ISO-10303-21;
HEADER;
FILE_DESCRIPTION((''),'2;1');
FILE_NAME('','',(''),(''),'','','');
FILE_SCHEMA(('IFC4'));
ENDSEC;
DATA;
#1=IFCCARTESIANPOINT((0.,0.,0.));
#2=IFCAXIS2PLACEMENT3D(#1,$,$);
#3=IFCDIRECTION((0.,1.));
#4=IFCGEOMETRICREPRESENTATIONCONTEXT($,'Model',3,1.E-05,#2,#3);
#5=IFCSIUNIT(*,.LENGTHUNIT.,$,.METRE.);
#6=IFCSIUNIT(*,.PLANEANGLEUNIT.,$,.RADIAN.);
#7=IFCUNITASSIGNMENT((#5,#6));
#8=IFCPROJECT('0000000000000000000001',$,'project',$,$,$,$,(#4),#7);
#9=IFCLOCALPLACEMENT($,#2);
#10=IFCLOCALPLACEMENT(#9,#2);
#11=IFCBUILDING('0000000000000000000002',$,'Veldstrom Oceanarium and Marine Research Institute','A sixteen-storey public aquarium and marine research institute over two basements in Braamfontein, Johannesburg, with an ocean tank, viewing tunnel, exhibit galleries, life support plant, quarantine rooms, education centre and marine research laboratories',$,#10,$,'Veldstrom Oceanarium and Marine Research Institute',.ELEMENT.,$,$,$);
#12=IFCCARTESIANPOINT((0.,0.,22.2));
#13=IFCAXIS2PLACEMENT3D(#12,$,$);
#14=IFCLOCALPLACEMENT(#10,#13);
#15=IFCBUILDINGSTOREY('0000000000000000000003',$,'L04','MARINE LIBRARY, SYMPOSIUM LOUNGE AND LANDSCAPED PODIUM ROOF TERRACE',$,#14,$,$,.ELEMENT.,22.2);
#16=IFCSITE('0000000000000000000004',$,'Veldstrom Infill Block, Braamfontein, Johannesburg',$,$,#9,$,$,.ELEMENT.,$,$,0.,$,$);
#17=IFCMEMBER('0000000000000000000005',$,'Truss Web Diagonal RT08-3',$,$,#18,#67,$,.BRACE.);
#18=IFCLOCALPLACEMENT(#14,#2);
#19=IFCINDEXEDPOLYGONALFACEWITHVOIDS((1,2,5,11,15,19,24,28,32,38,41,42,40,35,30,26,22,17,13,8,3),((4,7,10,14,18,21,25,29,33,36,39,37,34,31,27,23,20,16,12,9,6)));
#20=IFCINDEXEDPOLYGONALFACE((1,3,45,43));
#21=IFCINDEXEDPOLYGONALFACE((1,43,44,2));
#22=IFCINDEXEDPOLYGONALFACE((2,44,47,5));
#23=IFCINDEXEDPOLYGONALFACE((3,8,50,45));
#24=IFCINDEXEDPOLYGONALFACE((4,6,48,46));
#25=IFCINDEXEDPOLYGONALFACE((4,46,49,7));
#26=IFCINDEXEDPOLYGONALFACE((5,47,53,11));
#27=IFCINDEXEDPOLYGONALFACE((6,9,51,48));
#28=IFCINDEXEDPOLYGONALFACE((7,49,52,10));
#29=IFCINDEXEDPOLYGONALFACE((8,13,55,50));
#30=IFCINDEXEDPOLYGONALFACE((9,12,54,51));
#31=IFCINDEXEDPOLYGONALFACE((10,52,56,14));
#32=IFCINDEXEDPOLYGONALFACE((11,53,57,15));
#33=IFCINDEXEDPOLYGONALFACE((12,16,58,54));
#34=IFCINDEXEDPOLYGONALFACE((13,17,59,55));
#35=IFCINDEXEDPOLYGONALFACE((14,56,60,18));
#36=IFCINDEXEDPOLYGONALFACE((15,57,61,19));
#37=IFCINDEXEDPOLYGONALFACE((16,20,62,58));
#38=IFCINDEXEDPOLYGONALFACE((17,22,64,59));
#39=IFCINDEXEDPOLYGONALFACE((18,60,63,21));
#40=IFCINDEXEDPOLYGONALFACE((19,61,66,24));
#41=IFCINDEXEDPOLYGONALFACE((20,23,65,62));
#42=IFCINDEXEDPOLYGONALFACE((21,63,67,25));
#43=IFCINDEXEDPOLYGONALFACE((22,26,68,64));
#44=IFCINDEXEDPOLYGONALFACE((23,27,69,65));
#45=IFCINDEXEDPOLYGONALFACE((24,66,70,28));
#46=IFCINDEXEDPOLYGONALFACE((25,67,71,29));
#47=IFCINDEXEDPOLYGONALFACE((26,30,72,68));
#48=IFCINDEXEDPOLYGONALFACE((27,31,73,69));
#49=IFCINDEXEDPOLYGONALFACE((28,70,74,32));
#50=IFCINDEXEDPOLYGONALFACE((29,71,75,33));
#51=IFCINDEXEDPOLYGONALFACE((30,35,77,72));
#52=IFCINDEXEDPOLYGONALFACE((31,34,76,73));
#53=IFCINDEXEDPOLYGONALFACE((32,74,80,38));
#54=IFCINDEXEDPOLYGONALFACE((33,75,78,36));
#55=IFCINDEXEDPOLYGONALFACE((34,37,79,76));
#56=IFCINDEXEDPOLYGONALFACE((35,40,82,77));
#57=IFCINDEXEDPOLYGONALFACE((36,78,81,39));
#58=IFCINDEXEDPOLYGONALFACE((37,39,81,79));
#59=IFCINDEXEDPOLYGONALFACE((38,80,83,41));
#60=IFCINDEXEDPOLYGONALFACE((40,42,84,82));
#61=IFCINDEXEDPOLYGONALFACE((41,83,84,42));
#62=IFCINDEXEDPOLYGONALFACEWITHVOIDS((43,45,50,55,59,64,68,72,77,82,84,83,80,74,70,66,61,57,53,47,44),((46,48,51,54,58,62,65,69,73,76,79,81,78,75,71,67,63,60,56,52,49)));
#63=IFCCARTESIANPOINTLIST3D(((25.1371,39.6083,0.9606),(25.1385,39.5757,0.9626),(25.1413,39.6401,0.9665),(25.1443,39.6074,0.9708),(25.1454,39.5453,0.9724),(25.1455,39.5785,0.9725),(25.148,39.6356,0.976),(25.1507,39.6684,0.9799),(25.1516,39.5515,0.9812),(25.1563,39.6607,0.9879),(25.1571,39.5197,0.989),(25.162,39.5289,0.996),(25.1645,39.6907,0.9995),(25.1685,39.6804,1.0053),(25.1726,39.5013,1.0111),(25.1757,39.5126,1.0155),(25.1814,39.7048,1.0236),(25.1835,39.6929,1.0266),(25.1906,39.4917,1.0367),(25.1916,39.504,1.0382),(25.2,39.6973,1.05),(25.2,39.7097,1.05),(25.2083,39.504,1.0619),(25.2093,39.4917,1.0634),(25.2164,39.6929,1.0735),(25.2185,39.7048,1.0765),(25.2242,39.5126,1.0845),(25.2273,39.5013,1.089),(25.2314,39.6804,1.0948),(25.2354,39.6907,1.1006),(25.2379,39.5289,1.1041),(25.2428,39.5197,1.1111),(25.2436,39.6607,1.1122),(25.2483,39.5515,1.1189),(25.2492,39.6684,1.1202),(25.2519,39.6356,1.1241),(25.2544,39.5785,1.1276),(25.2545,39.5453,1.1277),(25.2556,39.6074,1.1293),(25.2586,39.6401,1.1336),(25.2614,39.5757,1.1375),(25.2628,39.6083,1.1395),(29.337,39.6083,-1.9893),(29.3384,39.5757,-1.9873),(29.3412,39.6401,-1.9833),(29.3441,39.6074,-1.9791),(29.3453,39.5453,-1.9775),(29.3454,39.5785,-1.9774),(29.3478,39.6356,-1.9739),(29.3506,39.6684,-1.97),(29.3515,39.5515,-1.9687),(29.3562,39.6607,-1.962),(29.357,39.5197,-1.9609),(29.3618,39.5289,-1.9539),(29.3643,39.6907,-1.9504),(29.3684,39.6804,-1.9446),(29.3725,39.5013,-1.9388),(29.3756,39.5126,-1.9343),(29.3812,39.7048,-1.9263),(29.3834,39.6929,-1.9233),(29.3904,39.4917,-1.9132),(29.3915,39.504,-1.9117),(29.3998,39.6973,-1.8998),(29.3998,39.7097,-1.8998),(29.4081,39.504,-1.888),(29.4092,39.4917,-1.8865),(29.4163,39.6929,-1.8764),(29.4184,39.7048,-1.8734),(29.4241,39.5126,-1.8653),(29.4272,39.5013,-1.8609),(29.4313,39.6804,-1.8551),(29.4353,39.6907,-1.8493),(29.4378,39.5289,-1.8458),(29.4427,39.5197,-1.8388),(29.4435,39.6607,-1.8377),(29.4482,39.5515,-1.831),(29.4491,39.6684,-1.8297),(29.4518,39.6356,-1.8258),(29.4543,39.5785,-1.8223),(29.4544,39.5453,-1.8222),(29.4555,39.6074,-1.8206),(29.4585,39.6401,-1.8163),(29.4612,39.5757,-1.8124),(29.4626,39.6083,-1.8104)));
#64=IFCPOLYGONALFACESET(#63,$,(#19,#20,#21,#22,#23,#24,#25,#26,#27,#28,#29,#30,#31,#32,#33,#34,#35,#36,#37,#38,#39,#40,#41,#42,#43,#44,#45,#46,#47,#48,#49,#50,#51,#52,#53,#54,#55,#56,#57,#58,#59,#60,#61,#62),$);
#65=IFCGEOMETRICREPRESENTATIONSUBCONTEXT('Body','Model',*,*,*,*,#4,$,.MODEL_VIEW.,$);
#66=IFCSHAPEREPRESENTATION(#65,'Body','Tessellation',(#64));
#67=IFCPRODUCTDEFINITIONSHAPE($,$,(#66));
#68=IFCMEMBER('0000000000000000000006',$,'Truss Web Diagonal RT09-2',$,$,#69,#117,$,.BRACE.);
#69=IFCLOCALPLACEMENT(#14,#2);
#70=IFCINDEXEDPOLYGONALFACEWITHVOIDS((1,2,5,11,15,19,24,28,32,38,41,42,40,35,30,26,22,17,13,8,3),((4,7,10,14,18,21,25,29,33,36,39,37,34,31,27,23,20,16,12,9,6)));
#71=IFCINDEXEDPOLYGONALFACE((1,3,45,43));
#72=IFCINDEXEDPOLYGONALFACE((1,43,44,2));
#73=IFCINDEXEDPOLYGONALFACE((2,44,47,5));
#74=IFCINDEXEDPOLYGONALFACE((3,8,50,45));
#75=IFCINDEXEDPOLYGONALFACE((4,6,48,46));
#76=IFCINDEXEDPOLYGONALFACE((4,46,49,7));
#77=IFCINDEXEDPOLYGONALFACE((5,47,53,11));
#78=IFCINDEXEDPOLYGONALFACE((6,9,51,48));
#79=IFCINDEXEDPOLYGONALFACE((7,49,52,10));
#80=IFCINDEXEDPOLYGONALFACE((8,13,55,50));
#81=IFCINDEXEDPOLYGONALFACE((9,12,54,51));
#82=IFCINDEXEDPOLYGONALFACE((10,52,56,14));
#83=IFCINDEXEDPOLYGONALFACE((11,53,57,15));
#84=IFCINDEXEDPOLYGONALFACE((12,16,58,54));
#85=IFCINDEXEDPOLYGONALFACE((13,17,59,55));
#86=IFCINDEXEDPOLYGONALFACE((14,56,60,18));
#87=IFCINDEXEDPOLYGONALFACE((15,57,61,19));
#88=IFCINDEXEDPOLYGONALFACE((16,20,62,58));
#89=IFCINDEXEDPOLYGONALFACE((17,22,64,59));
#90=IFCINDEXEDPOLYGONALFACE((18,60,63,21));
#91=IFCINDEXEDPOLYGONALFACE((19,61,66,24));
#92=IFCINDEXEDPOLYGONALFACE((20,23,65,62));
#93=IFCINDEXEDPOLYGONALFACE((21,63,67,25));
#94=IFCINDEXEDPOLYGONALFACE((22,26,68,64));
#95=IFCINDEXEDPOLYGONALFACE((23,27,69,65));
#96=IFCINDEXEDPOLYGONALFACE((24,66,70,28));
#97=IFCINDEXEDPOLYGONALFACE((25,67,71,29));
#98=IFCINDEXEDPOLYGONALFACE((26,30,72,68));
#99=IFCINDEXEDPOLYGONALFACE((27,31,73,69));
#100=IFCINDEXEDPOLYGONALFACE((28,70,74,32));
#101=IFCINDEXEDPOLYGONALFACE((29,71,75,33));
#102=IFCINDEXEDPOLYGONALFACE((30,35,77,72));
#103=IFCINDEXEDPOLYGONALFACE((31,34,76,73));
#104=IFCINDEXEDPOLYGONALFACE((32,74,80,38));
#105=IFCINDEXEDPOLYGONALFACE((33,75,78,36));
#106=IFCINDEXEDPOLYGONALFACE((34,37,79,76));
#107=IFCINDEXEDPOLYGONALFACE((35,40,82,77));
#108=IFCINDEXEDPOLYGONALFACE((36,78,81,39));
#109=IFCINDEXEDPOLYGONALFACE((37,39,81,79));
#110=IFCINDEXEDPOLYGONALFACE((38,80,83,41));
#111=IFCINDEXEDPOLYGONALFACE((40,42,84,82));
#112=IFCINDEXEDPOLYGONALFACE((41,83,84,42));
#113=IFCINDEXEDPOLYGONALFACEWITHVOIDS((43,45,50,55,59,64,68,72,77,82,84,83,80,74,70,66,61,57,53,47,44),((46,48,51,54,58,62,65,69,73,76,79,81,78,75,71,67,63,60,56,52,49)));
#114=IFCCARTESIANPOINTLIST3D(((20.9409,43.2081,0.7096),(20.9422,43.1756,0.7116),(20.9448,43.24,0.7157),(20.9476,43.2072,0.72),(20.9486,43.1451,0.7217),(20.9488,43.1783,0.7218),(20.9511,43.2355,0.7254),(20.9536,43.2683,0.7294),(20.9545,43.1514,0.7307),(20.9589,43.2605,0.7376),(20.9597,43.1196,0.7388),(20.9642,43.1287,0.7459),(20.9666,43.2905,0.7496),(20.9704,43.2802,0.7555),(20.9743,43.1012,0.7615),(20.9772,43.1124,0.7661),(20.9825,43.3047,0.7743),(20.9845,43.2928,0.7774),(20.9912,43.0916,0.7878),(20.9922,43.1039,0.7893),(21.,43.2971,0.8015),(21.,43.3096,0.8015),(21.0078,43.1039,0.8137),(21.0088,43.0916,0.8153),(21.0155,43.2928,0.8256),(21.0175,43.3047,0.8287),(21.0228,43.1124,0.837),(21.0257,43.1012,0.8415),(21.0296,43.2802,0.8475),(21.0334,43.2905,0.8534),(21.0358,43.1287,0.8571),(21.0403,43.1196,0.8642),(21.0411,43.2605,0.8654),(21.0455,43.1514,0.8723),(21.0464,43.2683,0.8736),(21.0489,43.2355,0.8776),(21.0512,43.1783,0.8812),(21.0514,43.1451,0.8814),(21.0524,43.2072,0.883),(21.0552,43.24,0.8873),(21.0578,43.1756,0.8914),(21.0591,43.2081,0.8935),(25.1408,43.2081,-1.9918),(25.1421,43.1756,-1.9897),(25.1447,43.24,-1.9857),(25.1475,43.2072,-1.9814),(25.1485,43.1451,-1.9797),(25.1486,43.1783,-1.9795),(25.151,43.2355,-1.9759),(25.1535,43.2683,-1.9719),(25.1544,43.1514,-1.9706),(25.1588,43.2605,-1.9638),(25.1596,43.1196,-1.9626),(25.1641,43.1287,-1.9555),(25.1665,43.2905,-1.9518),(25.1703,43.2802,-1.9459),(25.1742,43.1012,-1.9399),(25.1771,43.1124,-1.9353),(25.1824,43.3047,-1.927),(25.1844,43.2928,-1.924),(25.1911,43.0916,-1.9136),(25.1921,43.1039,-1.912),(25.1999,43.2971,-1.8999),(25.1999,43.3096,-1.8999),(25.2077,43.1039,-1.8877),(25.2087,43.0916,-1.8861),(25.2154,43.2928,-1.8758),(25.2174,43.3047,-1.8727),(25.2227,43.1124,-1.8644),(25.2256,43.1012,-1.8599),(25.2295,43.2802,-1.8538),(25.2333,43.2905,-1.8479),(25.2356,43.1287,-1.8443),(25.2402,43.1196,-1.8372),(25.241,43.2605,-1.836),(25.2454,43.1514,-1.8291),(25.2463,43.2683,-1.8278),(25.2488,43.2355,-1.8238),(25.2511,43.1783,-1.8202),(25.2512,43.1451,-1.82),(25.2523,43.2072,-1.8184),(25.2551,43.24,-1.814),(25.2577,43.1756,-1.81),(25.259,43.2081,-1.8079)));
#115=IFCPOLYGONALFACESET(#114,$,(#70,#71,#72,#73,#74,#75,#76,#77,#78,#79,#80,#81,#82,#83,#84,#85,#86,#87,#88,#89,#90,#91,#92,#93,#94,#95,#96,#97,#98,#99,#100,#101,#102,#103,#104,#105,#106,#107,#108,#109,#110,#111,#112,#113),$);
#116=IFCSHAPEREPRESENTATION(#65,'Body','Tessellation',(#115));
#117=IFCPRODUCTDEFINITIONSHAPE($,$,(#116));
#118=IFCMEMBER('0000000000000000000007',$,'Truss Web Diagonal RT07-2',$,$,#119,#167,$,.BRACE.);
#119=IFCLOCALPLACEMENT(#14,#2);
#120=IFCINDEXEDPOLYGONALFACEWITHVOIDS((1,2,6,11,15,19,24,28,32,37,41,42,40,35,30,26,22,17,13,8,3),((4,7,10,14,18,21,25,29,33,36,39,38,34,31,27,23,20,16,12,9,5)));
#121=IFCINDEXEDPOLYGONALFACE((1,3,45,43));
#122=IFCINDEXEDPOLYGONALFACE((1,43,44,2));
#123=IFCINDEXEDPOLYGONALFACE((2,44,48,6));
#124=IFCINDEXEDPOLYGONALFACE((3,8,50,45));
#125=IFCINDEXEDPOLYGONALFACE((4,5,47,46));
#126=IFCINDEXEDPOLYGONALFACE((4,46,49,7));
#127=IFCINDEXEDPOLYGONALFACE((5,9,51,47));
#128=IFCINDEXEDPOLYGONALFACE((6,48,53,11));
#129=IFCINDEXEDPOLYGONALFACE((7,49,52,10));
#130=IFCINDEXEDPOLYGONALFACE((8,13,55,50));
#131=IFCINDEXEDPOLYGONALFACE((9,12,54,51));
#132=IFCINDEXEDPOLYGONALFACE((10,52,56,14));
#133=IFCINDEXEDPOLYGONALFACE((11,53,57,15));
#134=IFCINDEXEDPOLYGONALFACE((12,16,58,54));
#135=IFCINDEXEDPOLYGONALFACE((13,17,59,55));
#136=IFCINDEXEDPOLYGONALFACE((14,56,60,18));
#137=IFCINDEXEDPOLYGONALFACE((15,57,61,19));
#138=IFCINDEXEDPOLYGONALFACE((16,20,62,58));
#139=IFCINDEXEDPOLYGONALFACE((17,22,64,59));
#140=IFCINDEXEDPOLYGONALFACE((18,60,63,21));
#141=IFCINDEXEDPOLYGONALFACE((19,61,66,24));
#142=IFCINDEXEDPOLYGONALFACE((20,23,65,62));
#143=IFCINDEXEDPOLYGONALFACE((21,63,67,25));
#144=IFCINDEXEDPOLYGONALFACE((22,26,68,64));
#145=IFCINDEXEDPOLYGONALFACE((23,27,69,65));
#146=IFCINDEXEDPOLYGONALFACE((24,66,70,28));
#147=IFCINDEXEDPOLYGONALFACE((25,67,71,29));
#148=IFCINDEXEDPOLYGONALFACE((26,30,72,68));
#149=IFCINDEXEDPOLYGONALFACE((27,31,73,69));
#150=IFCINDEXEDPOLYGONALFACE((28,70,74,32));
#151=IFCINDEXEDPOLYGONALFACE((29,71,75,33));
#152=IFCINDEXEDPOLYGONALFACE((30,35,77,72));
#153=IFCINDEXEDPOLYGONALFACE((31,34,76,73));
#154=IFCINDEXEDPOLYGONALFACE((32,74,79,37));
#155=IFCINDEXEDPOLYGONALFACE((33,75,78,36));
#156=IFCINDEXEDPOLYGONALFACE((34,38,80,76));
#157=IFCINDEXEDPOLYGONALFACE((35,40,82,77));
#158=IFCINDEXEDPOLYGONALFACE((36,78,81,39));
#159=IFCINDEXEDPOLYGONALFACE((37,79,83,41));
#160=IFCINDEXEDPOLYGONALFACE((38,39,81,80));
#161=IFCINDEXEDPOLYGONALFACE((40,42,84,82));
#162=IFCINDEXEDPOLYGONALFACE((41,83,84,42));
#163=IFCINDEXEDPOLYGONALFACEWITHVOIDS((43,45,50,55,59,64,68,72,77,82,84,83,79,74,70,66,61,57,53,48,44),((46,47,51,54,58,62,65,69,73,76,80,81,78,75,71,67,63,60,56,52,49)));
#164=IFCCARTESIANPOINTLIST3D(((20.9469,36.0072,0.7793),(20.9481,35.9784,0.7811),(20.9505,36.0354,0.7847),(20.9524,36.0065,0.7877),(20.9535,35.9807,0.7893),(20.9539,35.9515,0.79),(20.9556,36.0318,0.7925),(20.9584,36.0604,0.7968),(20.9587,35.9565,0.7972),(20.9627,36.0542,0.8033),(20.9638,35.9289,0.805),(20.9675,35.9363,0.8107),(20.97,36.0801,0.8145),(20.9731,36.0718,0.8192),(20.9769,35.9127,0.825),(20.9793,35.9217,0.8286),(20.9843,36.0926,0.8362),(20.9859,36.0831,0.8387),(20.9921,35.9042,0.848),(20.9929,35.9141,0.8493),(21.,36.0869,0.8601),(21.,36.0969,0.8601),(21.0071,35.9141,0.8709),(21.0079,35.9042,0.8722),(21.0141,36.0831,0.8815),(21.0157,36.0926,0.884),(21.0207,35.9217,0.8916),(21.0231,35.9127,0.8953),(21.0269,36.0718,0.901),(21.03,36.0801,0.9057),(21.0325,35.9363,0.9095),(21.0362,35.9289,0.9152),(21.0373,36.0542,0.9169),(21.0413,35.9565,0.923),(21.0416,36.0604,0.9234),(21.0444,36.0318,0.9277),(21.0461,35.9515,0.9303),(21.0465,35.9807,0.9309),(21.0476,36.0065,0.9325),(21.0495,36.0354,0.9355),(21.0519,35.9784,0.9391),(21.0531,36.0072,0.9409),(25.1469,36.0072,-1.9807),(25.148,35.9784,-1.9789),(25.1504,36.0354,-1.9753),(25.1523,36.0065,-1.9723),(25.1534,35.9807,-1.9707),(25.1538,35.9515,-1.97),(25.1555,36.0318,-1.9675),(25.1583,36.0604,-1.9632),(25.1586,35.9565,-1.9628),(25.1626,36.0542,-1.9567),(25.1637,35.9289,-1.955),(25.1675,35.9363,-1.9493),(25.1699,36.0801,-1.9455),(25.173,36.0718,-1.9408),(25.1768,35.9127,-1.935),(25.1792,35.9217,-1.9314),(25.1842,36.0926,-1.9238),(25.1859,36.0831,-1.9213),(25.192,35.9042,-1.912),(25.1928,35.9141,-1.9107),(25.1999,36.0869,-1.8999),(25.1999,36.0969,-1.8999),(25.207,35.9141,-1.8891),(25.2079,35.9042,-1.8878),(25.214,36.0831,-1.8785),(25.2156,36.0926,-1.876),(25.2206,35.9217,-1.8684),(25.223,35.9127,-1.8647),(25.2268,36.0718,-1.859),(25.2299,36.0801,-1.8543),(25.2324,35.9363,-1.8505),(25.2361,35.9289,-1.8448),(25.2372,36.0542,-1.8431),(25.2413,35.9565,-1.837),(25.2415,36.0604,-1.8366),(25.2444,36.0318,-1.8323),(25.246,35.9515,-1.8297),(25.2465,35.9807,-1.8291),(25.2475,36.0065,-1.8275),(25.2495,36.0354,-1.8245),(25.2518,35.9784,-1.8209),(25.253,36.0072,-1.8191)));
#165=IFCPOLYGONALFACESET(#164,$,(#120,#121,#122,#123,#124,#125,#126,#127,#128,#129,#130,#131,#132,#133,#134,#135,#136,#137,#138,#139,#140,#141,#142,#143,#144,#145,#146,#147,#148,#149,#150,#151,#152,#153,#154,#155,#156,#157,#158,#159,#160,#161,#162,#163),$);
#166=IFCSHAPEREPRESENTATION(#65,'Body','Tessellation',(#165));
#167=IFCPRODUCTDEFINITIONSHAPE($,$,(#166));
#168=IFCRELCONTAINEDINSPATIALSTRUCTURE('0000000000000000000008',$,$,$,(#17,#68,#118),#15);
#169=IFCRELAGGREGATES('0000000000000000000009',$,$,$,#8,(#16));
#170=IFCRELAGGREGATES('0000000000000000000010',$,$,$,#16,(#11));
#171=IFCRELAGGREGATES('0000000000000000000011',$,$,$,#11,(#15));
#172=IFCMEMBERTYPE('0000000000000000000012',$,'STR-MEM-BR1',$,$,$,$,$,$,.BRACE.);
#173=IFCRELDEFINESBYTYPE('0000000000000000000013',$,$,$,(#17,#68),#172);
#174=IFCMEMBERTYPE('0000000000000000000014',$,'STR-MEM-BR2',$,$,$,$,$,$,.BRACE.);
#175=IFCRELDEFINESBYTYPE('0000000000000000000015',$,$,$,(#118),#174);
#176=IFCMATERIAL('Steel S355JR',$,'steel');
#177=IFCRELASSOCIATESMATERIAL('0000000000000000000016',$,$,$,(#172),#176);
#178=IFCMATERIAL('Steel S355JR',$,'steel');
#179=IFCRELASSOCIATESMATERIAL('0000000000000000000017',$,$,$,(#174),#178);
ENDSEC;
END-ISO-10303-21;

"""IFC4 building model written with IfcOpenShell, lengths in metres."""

from ifc_helpers import new_model, si_unit, direction, frame, origin, origin_2d, place, context, subcontext, project, spatial, hollow_circle, extrude, material, material_profile, profile_set, type_object, element, save


model = new_model("IFC4")

# Units and contexts
model_context = context("Model", 3, precision=1e-05, world=origin(), true_north=direction((0.0, 1.0)))
body_context = subcontext(model_context, "Body", "Model", "MODEL_VIEW")
ifc_project = project(units=[si_unit("LENGTHUNIT", "METRE"), si_unit("PLANEANGLEUNIT", "RADIAN")], contexts=[model_context])

# Site, building, storey
site_placement = place(None, origin())
site = spatial("IfcSite", under=ifc_project, at=site_placement, Name="Veldstrom Infill Block, Braamfontein, Johannesburg", CompositionType="ELEMENT", RefElevation=0.0)
building_placement = place(site_placement, origin())
building = spatial("IfcBuilding", under=site, at=building_placement, Name="Veldstrom Oceanarium and Marine Research Institute", Description="A sixteen-storey public aquarium and marine research institute over two basements in Braamfontein, Johannesburg, with an ocean tank, viewing tunnel, exhibit galleries, life support plant, quarantine rooms, education centre and marine research laboratories", LongName="Veldstrom Oceanarium and Marine Research Institute", CompositionType="ELEMENT")
storey_placement = place(building_placement, frame((0.0, 0.0, 22.2)))
storey = spatial("IfcBuildingStorey", under=building, at=storey_placement, Name="L04", Description="MARINE LIBRARY, SYMPOSIUM LOUNGE AND LANDSCAPED PODIUM ROOF TERRACE", CompositionType="ELEMENT", Elevation=22.2)

# Members
ifc_material_1 = material(Name="Steel S355JR", Category="steel")
ifc_material_profile_1 = material_profile(ifc_material_1, hollow_circle(Radius=0.1096, WallThickness=0.0125, at=origin_2d()), Name="CHS 219.1x12.5")
ifc_profile_set_1 = profile_set([ifc_material_profile_1], Name="Steel S355JR")
member_type_1 = type_object("IfcMemberType", Name="STR-MEM-BR1", PredefinedType="BRACE", material=ifc_profile_set_1)
member_1_placement = place(storey_placement, frame((25.2, 39.6001, 1.05), z_axis=(0.818317, 0.0, -0.574767), x_axis=(0.0, 1.0, 0.0)))
element("IfcMember", 1, at=member_1_placement, inside=storey, type_object=member_type_1, Name="Truss Web Diagonal RT08-3", PredefinedType="BRACE", context=body_context, shape_type="SweptSolid", body=[
    extrude(hollow_circle(Radius=0.1096, WallThickness=0.0125, at=origin_2d()), origin(), (0.0, 0.0, 1.0), 5.1323),
])
member_2_placement = place(storey_placement, frame((21.0, 43.2, 0.8015), z_axis=(0.841047, 0.0, -0.540963), x_axis=(0.0, 1.0, 0.0)))
element("IfcMember", 2, at=member_2_placement, inside=storey, type_object=member_type_1, Name="Truss Web Diagonal RT09-2", PredefinedType="BRACE", context=body_context, shape_type="SweptSolid", body=[
    extrude(hollow_circle(Radius=0.1096, WallThickness=0.0125, at=origin_2d()), origin(), (0.0, 0.0, 1.0), 4.9937),
])
ifc_material_2 = material(Name="Steel S355JR", Category="steel")
ifc_material_profile_2 = material_profile(ifc_material_2, hollow_circle(Radius=0.0969, WallThickness=0.01, at=origin_2d()), Name="CHS 193.7x10")
ifc_profile_set_2 = profile_set([ifc_material_profile_2], Name="Steel S355JR")
member_type_2 = type_object("IfcMemberType", Name="STR-MEM-BR2", PredefinedType="BRACE", material=ifc_profile_set_2)
member_3_placement = place(storey_placement, frame((21.0, 36.0, 0.8601), z_axis=(0.835702, 0.0, -0.549184), x_axis=(0.0, 1.0, 0.0)))
element("IfcMember", 3, at=member_3_placement, inside=storey, type_object=member_type_2, Name="Truss Web Diagonal RT07-2", PredefinedType="BRACE", context=body_context, shape_type="SweptSolid", body=[
    extrude(hollow_circle(Radius=0.0969, WallThickness=0.01, at=origin_2d()), origin(), (0.0, 0.0, 1.0), 5.0256),
])

save(model, "model.ifc")
